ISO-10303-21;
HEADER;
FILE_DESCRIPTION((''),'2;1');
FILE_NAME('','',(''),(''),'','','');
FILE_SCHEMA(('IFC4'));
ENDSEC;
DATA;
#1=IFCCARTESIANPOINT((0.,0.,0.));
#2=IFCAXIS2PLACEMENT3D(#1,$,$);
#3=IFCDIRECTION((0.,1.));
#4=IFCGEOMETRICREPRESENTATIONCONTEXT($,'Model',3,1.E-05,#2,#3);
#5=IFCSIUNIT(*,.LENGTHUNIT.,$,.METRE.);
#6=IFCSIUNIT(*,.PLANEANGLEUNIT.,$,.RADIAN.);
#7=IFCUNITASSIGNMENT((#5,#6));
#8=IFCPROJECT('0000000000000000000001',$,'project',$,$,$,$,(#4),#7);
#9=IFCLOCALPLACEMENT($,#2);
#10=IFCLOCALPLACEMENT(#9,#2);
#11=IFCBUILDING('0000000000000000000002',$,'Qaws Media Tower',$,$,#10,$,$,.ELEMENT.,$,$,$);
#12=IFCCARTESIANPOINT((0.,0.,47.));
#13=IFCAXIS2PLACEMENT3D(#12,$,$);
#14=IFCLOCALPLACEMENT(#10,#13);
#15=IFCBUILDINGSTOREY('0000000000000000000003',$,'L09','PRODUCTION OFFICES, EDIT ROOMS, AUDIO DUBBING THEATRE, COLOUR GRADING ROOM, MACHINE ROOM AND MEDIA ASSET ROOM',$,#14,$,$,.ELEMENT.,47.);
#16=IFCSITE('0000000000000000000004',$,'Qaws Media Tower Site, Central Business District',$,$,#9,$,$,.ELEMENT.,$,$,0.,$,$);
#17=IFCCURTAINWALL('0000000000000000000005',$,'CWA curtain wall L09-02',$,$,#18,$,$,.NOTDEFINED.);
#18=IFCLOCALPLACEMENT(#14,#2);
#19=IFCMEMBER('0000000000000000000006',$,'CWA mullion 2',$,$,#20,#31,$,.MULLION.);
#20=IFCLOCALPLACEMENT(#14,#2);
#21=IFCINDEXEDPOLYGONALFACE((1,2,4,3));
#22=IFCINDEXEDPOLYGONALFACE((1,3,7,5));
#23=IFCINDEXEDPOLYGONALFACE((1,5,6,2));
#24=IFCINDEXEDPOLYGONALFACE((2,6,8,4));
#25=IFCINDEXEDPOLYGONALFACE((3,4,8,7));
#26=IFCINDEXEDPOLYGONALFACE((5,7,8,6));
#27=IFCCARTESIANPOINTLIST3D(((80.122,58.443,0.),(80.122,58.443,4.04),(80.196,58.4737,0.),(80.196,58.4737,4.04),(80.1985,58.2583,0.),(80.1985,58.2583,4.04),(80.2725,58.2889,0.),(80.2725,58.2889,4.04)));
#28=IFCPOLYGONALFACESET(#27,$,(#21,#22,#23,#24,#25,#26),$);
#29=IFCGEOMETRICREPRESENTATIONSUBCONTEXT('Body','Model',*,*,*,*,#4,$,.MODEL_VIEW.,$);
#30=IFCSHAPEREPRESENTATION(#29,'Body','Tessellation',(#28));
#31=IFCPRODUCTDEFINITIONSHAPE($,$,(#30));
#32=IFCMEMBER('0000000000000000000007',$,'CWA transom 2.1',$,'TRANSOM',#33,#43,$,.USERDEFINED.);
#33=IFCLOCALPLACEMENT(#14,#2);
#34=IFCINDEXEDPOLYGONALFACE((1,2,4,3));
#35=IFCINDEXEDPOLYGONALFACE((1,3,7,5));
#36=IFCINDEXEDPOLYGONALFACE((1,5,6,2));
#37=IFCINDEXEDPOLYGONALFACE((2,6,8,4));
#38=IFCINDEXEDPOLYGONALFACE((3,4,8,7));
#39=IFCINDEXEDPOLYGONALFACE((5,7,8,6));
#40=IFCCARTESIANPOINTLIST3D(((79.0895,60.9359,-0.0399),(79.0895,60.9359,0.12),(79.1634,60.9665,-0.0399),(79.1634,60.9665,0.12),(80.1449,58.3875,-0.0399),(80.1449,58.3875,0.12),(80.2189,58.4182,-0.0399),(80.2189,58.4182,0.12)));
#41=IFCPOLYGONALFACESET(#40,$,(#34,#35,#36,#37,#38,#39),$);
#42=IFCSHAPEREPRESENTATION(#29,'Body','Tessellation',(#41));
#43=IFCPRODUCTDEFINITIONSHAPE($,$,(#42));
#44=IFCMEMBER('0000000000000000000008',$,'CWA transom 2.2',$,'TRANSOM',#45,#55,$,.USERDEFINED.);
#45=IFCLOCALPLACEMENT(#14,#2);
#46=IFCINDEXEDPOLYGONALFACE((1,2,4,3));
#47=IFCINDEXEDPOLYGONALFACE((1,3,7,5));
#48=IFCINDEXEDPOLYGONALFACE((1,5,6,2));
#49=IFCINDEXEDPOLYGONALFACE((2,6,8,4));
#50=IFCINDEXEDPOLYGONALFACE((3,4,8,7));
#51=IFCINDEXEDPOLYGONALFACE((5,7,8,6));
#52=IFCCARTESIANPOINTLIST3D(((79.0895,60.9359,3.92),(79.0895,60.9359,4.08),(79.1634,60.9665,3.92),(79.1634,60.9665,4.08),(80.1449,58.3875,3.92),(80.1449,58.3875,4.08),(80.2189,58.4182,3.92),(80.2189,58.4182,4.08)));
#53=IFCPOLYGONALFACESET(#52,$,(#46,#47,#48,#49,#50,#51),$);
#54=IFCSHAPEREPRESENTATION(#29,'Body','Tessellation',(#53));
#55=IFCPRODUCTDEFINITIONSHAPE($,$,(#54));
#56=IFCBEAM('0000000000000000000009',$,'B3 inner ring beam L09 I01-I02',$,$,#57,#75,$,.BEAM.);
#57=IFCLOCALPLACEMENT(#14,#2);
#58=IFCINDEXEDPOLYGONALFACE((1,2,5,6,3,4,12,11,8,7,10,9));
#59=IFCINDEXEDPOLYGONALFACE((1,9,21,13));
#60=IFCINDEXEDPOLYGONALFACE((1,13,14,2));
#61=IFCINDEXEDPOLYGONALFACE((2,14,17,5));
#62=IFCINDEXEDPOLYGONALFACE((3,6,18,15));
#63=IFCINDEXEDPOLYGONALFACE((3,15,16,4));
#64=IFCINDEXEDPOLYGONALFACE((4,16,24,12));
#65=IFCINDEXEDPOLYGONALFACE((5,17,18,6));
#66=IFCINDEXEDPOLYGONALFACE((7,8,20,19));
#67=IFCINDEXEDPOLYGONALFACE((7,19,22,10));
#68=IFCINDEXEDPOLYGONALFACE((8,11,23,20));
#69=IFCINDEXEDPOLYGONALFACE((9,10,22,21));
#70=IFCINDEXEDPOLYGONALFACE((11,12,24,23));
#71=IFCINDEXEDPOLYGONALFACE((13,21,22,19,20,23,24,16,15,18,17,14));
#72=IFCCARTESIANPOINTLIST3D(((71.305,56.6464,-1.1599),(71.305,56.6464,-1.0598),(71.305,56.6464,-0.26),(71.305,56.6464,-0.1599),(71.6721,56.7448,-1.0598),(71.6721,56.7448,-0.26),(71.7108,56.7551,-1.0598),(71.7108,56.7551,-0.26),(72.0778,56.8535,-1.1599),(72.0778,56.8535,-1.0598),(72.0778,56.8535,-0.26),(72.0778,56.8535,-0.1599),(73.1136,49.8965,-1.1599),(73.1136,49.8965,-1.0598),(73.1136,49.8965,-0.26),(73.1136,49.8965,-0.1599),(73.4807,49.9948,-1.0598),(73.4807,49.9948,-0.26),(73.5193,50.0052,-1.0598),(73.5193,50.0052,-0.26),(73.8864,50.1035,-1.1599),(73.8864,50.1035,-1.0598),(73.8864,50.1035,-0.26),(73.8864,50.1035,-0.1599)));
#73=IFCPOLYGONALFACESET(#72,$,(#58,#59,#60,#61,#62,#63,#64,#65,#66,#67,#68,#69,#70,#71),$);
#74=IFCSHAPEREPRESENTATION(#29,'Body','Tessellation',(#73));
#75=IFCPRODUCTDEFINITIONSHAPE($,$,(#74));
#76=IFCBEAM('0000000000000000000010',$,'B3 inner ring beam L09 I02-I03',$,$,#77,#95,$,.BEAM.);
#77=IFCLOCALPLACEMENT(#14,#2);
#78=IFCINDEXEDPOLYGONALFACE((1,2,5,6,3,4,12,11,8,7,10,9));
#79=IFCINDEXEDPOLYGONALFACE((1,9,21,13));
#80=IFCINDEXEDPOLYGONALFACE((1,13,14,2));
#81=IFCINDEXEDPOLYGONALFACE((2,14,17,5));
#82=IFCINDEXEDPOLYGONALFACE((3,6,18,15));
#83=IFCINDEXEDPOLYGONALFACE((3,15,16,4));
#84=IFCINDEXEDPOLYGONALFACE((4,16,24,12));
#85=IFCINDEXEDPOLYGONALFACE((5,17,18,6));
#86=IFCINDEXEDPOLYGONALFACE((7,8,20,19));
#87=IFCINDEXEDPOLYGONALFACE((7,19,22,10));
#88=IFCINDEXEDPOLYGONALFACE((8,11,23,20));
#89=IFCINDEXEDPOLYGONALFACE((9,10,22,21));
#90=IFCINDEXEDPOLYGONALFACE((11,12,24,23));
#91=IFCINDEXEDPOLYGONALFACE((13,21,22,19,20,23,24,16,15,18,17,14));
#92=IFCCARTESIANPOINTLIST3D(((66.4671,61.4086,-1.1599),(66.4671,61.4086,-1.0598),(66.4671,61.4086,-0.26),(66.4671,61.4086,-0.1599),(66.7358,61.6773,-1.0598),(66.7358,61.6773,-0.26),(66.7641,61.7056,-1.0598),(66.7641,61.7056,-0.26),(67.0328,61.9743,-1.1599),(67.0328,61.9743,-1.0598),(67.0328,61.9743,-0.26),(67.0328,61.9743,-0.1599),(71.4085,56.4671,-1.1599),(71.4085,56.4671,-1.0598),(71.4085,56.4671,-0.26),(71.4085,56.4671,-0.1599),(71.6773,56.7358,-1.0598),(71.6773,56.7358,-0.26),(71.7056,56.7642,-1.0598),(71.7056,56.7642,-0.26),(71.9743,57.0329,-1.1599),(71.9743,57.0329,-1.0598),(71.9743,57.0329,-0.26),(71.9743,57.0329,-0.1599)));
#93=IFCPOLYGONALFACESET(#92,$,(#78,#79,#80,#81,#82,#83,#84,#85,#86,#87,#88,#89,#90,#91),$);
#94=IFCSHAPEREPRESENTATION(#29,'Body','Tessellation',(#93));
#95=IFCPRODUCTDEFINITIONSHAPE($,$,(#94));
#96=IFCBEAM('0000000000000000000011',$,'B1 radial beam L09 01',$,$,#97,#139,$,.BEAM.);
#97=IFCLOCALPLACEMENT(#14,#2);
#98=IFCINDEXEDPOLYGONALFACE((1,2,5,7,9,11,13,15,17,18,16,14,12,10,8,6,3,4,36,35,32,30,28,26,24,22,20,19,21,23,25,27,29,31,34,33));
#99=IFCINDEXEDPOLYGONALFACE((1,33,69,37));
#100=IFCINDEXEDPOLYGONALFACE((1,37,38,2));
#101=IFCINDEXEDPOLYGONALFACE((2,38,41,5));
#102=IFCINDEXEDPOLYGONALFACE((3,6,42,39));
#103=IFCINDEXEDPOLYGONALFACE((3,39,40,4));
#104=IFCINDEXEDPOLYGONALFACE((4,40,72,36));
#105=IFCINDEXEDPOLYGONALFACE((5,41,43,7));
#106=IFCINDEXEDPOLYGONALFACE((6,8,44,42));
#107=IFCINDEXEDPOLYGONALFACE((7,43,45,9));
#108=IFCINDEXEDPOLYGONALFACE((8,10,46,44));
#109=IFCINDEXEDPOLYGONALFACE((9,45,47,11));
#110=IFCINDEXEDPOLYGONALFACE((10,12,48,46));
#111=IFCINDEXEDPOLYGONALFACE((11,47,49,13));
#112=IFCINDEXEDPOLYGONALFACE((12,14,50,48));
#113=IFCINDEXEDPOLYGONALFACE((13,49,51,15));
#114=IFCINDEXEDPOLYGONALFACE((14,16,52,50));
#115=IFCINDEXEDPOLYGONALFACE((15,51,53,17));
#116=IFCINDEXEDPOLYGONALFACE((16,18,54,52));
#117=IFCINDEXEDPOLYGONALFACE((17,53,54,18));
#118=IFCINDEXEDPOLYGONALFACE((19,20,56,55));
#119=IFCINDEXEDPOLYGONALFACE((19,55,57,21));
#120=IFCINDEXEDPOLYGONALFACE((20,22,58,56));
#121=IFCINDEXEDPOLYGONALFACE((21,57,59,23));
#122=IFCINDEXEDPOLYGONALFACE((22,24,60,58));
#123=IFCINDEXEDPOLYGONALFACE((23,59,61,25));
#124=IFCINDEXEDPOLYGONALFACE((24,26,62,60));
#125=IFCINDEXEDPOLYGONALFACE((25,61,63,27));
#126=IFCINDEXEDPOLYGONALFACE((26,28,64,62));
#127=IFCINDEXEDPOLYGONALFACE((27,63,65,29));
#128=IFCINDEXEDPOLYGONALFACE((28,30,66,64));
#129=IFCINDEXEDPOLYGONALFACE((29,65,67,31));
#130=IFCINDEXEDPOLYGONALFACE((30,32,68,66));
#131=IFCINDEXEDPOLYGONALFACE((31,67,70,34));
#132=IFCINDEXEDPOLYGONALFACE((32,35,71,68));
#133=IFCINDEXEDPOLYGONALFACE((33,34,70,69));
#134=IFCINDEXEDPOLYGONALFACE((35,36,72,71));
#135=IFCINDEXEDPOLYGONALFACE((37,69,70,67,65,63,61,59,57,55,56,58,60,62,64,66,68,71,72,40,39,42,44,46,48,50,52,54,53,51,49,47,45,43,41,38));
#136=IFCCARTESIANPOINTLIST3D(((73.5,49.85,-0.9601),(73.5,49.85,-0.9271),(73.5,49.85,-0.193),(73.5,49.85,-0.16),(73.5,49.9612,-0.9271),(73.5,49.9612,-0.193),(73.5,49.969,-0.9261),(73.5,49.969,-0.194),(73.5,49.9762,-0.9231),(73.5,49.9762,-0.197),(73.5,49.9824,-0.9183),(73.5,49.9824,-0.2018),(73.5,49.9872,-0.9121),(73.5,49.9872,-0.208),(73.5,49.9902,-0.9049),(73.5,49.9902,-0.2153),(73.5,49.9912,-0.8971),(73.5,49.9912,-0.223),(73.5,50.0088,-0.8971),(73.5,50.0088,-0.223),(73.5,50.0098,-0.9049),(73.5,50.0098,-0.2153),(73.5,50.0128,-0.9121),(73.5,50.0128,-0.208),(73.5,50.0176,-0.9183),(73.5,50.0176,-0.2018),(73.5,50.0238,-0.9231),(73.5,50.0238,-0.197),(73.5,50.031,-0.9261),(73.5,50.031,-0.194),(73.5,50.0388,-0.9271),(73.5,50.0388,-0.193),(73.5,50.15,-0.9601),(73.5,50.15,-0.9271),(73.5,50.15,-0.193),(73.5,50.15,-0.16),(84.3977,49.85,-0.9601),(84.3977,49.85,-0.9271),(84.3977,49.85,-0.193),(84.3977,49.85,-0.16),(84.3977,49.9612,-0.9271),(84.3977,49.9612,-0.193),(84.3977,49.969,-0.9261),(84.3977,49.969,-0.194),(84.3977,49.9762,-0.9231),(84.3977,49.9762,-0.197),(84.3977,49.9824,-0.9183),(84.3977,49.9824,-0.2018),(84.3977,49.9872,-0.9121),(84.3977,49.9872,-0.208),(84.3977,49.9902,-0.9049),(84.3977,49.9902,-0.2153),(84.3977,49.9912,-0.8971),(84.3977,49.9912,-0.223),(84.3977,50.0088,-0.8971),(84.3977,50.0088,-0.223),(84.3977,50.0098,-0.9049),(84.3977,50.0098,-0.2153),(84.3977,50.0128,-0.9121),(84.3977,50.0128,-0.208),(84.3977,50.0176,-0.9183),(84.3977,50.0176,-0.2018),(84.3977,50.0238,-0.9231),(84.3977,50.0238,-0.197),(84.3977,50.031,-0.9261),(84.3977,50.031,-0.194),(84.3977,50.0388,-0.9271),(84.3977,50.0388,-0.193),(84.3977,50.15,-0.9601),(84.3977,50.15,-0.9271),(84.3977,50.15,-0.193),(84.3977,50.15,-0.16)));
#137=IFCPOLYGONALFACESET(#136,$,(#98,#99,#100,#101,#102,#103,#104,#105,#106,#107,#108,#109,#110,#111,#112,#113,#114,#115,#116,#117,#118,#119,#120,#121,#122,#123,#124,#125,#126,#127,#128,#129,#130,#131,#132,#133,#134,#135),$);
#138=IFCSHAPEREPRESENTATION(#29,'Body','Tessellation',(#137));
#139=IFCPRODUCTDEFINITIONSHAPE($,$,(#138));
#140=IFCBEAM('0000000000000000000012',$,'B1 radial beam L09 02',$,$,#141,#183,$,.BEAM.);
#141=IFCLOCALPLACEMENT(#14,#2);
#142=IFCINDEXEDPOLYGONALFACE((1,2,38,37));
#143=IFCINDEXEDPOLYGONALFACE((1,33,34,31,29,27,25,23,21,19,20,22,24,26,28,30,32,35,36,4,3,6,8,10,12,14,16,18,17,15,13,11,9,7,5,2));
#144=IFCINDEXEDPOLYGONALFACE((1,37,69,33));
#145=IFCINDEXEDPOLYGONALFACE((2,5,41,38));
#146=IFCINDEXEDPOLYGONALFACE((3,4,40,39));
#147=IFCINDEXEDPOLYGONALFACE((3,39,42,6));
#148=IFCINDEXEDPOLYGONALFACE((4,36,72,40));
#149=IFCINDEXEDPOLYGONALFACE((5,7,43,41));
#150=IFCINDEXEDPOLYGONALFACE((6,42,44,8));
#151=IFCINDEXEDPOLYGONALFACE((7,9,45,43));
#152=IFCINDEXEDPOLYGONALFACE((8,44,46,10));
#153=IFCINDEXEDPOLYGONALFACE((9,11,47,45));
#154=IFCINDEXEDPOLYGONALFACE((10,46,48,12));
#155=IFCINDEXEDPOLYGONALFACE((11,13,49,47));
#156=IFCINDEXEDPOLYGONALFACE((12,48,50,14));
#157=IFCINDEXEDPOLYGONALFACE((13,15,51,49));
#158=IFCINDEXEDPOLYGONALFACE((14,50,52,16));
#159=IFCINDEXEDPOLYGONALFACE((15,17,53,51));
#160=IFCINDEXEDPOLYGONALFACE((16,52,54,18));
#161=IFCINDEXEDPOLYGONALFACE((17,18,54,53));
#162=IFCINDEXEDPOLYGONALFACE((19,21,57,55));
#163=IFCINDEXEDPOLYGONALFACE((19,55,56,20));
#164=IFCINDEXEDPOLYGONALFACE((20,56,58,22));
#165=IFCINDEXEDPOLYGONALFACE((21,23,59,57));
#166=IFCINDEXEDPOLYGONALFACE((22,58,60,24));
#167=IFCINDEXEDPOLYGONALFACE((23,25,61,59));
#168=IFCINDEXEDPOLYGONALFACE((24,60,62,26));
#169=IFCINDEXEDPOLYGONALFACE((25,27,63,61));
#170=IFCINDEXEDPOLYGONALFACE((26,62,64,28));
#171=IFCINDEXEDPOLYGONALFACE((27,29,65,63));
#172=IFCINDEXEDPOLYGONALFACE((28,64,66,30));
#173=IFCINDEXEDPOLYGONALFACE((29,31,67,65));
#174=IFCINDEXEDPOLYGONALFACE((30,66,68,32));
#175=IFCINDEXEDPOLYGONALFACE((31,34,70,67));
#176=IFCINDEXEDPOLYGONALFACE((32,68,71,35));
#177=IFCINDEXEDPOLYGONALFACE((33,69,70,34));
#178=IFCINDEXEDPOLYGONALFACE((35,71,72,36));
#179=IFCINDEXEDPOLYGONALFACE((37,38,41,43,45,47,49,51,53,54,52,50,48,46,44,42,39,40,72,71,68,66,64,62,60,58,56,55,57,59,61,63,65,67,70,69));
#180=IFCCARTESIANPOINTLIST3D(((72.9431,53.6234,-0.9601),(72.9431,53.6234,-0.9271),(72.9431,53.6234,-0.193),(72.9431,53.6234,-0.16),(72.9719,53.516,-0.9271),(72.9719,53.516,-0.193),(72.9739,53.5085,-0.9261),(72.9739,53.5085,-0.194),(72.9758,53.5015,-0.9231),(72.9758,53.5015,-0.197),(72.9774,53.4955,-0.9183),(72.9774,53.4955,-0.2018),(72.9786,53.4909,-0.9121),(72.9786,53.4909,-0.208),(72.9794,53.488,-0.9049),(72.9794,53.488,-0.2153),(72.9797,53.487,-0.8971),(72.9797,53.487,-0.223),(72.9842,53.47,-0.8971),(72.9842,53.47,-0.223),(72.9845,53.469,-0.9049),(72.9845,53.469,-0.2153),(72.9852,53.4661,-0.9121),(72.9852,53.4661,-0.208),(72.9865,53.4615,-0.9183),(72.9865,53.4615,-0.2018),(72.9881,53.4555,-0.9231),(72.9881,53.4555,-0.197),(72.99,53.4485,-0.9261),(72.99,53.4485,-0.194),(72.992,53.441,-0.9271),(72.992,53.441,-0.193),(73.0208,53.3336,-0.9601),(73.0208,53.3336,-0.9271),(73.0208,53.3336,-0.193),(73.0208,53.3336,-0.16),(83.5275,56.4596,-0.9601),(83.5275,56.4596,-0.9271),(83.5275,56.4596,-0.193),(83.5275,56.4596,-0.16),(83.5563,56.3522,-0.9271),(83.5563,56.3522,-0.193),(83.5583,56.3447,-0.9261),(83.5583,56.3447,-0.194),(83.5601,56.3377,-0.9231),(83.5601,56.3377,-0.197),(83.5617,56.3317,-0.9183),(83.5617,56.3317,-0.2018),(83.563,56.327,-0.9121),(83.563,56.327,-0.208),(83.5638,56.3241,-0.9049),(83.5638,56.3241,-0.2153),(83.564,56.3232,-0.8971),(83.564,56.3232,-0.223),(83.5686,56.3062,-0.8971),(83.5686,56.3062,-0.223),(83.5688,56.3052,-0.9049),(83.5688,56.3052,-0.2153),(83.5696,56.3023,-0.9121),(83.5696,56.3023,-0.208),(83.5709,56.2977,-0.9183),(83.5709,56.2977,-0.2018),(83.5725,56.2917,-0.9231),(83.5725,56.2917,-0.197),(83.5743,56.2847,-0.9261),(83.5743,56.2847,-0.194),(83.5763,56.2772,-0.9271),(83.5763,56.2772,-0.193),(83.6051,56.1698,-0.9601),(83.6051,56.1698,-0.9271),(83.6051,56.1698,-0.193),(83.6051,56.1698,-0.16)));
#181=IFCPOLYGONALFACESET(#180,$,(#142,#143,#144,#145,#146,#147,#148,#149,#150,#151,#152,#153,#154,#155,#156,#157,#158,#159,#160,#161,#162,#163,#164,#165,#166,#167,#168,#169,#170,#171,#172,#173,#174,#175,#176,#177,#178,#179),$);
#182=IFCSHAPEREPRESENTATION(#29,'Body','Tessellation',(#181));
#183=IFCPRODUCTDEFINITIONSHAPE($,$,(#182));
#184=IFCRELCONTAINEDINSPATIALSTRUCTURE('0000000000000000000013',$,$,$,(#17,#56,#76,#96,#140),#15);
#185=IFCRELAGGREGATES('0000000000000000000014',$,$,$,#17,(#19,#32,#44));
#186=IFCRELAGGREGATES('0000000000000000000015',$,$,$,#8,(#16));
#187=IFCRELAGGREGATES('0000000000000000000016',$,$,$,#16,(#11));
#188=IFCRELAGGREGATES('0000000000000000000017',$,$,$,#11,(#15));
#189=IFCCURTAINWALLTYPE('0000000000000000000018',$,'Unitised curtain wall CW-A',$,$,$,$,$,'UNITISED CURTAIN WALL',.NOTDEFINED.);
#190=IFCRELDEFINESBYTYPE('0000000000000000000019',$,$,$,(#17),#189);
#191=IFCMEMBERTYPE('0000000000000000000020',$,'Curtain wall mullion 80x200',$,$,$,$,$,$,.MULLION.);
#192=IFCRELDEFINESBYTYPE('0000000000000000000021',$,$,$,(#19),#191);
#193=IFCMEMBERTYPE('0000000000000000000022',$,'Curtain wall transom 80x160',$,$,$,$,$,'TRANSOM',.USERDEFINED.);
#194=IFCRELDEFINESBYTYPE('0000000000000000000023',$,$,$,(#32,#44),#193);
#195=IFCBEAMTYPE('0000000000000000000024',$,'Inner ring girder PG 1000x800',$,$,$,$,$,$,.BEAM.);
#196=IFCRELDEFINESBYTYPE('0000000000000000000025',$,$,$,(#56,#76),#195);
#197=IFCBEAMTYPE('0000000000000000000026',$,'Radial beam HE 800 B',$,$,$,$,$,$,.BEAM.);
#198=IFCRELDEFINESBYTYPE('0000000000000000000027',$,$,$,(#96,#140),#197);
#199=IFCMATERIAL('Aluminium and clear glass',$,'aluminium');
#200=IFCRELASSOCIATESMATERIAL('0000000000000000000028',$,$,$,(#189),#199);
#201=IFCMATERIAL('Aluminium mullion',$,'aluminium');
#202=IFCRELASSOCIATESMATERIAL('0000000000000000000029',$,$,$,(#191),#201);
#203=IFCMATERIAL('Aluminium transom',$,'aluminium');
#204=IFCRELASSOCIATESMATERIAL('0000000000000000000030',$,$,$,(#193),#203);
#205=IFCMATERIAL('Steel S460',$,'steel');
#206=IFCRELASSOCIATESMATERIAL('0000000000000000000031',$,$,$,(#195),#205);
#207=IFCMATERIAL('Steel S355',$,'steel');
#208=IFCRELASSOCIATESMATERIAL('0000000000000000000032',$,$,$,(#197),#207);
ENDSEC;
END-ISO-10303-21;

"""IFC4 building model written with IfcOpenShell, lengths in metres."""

from ifc_helpers import new_model, si_unit, direction, frame, origin, origin_2d, place, context, subcontext, project, spatial, rectangle, i_section, extrude, material, material_profile, profile_set, type_object, element, aggregate, save


model = new_model("IFC4")

# Units and contexts
model_context = context("Model", 3, precision=1e-05, world=origin(), true_north=direction((0.0, 1.0)))
body_context = subcontext(model_context, "Body", "Model", "MODEL_VIEW")
ifc_project = project(units=[si_unit("LENGTHUNIT", "METRE"), si_unit("PLANEANGLEUNIT", "RADIAN")], contexts=[model_context])

# Site, building, storey
site_placement = place(None, origin())
site = spatial("IfcSite", under=ifc_project, at=site_placement, Name="Qaws Media Tower Site, Central Business District", CompositionType="ELEMENT", RefElevation=0.0)
building_placement = place(site_placement, origin())
building = spatial("IfcBuilding", under=site, at=building_placement, Name="Qaws Media Tower", CompositionType="ELEMENT")
storey_placement = place(building_placement, frame((0.0, 0.0, 47.0)))
storey = spatial("IfcBuildingStorey", under=building, at=storey_placement, Name="L09", Description="PRODUCTION OFFICES, EDIT ROOMS, AUDIO DUBBING THEATRE, COLOUR GRADING ROOM, MACHINE ROOM AND MEDIA ASSET ROOM", CompositionType="ELEMENT", Elevation=47.0)

# Curtain wall, members
ifc_material_1 = material(Name="Aluminium and clear glass", Category="aluminium")
curtain_wall_type = type_object("IfcCurtainWallType", Name="Unitised curtain wall CW-A", ElementType="UNITISED CURTAIN WALL", PredefinedType="NOTDEFINED", material=ifc_material_1)
curtain_wall_placement = place(storey_placement, origin())
curtain_wall = element("IfcCurtainWall", 1, at=curtain_wall_placement, inside=storey, type_object=curtain_wall_type, Name="CWA curtain wall L09-02", PredefinedType="NOTDEFINED")
ifc_material_2 = material(Name="Aluminium mullion", Category="aluminium")
ifc_material_profile_1 = material_profile(ifc_material_2, rectangle(XDim=0.0801, YDim=0.2, at=origin_2d()), Name="80x200")
ifc_profile_set_1 = profile_set([ifc_material_profile_1], Name="Aluminium mullion")
member_type_1 = type_object("IfcMemberType", Name="Curtain wall mullion 80x200", PredefinedType="MULLION", material=ifc_profile_set_1)
member_1_placement = place(storey_placement, frame((80.1973, 58.366, 0.0), z_axis=(0.0, 0.0, 1.0), x_axis=(-0.92388, -0.382683, 0.0)))
member_1 = element("IfcMember", 2, at=member_1_placement, type_object=member_type_1, Name="CWA mullion 2", PredefinedType="MULLION", context=body_context, shape_type="SweptSolid", body=[
    extrude(rectangle(XDim=0.0801, YDim=0.2, at=origin_2d()), origin(), (0.0, 0.0, 1.0), 4.04),
])
ifc_material_3 = material(Name="Aluminium transom", Category="aluminium")
ifc_material_profile_2 = material_profile(ifc_material_3, rectangle(XDim=0.0801, YDim=0.1599, at=origin_2d()), Name="80x160")
ifc_profile_set_2 = profile_set([ifc_material_profile_2], Name="Aluminium transom")
member_type_2 = type_object("IfcMemberType", Name="Curtain wall transom 80x160", ElementType="TRANSOM", PredefinedType="USERDEFINED", material=ifc_profile_set_2)
member_2_placement = place(storey_placement, frame((80.1819, 58.4028, 0.04), z_axis=(-0.382641, 0.923897, 0.0), x_axis=(-0.923897, -0.382641, 0.0)))
member_2 = element("IfcMember", 3, at=member_2_placement, type_object=member_type_2, Name="CWA transom 2.1", ObjectType="TRANSOM", PredefinedType="USERDEFINED", context=body_context, shape_type="SweptSolid", body=[
    extrude(rectangle(XDim=0.0801, YDim=0.1599, at=origin_2d()), origin(), (0.0, 0.0, 1.0), 2.7583),
])
member_3_placement = place(storey_placement, frame((80.1819, 58.4028, 4.0), z_axis=(-0.382641, 0.923897, 0.0), x_axis=(-0.923897, -0.382641, 0.0)))
member_3 = element("IfcMember", 4, at=member_3_placement, type_object=member_type_2, Name="CWA transom 2.2", ObjectType="TRANSOM", PredefinedType="USERDEFINED", context=body_context, shape_type="SweptSolid", body=[
    extrude(rectangle(XDim=0.0801, YDim=0.1599, at=origin_2d()), origin(), (0.0, 0.0, 1.0), 2.7583),
])
aggregate(curtain_wall, [member_1, member_2, member_3])

# Beams
ifc_material_4 = material(Name="Steel S460", Category="steel")
ifc_material_profile_3 = material_profile(ifc_material_4, i_section(OverallWidth=0.8, OverallDepth=1.0, WebThickness=0.04, FlangeThickness=0.1001, at=origin_2d()), Name="PG 1000x800")
ifc_profile_set_3 = profile_set([ifc_material_profile_3], Name="Steel S460")
beam_type_1 = type_object("IfcBeamType", Name="Inner ring girder PG 1000x800", PredefinedType="BEAM", material=ifc_profile_set_3)
beam_1_placement = place(storey_placement, frame((73.5, 50.0, -0.6599), z_axis=(-0.258811, 0.965928, 0.0), x_axis=(-0.965928, -0.258811, 0.0)))
element("IfcBeam", 5, at=beam_1_placement, inside=storey, type_object=beam_type_1, Name="B3 inner ring beam L09 I01-I02", PredefinedType="BEAM", context=body_context, shape_type="SweptSolid", body=[
    extrude(i_section(OverallWidth=0.8, OverallDepth=1.0, WebThickness=0.04, FlangeThickness=0.1001, at=origin_2d()), origin(), (0.0, 0.0, 1.0), 6.988),
])
beam_2_placement = place(storey_placement, frame((71.6914, 56.75, -0.6599), z_axis=(-0.707107, 0.707107, 0.0), x_axis=(-0.707107, -0.707107, 0.0)))
element("IfcBeam", 6, at=beam_2_placement, inside=storey, type_object=beam_type_1, Name="B3 inner ring beam L09 I02-I03", PredefinedType="BEAM", context=body_context, shape_type="SweptSolid", body=[
    extrude(i_section(OverallWidth=0.8, OverallDepth=1.0, WebThickness=0.04, FlangeThickness=0.1001, at=origin_2d()), origin(), (0.0, 0.0, 1.0), 6.9883),
])
ifc_material_5 = material(Name="Steel S355", Category="steel")
ifc_material_profile_4 = material_profile(ifc_material_5, i_section(OverallWidth=0.3, OverallDepth=0.8, WebThickness=0.0176, FlangeThickness=0.033, FilletRadius=0.03, at=origin_2d()), Name="HE 800 B")
ifc_profile_set_4 = profile_set([ifc_material_profile_4], Name="Steel S355")
beam_type_2 = type_object("IfcBeamType", Name="Radial beam HE 800 B", PredefinedType="BEAM", material=ifc_profile_set_4)
beam_3_placement = place(storey_placement, frame((73.5, 50.0, -0.5601), z_axis=(1.0, 0.0, 0.0), x_axis=(0.0, 1.0, 0.0)))
element("IfcBeam", 7, at=beam_3_placement, inside=storey, type_object=beam_type_2, Name="B1 radial beam L09 01", PredefinedType="BEAM", context=body_context, shape_type="SweptSolid", body=[
    extrude(i_section(OverallWidth=0.3, OverallDepth=0.8, WebThickness=0.0176, FlangeThickness=0.033, FilletRadius=0.03, at=origin_2d()), origin(), (0.0, 0.0, 1.0), 10.8977),
])
beam_4_placement = place(storey_placement, frame((72.9819, 53.4785, -0.5601), z_axis=(0.965924, 0.258826, 0.0), x_axis=(-0.258826, 0.965924, 0.0)))
element("IfcBeam", 8, at=beam_4_placement, inside=storey, type_object=beam_type_2, Name="B1 radial beam L09 02", PredefinedType="BEAM", context=body_context, shape_type="SweptSolid", body=[
    extrude(i_section(OverallWidth=0.3, OverallDepth=0.8, WebThickness=0.0176, FlangeThickness=0.033, FilletRadius=0.03, at=origin_2d()), origin(), (0.0, 0.0, 1.0), 10.9578),
])

save(model, "model.ifc")
